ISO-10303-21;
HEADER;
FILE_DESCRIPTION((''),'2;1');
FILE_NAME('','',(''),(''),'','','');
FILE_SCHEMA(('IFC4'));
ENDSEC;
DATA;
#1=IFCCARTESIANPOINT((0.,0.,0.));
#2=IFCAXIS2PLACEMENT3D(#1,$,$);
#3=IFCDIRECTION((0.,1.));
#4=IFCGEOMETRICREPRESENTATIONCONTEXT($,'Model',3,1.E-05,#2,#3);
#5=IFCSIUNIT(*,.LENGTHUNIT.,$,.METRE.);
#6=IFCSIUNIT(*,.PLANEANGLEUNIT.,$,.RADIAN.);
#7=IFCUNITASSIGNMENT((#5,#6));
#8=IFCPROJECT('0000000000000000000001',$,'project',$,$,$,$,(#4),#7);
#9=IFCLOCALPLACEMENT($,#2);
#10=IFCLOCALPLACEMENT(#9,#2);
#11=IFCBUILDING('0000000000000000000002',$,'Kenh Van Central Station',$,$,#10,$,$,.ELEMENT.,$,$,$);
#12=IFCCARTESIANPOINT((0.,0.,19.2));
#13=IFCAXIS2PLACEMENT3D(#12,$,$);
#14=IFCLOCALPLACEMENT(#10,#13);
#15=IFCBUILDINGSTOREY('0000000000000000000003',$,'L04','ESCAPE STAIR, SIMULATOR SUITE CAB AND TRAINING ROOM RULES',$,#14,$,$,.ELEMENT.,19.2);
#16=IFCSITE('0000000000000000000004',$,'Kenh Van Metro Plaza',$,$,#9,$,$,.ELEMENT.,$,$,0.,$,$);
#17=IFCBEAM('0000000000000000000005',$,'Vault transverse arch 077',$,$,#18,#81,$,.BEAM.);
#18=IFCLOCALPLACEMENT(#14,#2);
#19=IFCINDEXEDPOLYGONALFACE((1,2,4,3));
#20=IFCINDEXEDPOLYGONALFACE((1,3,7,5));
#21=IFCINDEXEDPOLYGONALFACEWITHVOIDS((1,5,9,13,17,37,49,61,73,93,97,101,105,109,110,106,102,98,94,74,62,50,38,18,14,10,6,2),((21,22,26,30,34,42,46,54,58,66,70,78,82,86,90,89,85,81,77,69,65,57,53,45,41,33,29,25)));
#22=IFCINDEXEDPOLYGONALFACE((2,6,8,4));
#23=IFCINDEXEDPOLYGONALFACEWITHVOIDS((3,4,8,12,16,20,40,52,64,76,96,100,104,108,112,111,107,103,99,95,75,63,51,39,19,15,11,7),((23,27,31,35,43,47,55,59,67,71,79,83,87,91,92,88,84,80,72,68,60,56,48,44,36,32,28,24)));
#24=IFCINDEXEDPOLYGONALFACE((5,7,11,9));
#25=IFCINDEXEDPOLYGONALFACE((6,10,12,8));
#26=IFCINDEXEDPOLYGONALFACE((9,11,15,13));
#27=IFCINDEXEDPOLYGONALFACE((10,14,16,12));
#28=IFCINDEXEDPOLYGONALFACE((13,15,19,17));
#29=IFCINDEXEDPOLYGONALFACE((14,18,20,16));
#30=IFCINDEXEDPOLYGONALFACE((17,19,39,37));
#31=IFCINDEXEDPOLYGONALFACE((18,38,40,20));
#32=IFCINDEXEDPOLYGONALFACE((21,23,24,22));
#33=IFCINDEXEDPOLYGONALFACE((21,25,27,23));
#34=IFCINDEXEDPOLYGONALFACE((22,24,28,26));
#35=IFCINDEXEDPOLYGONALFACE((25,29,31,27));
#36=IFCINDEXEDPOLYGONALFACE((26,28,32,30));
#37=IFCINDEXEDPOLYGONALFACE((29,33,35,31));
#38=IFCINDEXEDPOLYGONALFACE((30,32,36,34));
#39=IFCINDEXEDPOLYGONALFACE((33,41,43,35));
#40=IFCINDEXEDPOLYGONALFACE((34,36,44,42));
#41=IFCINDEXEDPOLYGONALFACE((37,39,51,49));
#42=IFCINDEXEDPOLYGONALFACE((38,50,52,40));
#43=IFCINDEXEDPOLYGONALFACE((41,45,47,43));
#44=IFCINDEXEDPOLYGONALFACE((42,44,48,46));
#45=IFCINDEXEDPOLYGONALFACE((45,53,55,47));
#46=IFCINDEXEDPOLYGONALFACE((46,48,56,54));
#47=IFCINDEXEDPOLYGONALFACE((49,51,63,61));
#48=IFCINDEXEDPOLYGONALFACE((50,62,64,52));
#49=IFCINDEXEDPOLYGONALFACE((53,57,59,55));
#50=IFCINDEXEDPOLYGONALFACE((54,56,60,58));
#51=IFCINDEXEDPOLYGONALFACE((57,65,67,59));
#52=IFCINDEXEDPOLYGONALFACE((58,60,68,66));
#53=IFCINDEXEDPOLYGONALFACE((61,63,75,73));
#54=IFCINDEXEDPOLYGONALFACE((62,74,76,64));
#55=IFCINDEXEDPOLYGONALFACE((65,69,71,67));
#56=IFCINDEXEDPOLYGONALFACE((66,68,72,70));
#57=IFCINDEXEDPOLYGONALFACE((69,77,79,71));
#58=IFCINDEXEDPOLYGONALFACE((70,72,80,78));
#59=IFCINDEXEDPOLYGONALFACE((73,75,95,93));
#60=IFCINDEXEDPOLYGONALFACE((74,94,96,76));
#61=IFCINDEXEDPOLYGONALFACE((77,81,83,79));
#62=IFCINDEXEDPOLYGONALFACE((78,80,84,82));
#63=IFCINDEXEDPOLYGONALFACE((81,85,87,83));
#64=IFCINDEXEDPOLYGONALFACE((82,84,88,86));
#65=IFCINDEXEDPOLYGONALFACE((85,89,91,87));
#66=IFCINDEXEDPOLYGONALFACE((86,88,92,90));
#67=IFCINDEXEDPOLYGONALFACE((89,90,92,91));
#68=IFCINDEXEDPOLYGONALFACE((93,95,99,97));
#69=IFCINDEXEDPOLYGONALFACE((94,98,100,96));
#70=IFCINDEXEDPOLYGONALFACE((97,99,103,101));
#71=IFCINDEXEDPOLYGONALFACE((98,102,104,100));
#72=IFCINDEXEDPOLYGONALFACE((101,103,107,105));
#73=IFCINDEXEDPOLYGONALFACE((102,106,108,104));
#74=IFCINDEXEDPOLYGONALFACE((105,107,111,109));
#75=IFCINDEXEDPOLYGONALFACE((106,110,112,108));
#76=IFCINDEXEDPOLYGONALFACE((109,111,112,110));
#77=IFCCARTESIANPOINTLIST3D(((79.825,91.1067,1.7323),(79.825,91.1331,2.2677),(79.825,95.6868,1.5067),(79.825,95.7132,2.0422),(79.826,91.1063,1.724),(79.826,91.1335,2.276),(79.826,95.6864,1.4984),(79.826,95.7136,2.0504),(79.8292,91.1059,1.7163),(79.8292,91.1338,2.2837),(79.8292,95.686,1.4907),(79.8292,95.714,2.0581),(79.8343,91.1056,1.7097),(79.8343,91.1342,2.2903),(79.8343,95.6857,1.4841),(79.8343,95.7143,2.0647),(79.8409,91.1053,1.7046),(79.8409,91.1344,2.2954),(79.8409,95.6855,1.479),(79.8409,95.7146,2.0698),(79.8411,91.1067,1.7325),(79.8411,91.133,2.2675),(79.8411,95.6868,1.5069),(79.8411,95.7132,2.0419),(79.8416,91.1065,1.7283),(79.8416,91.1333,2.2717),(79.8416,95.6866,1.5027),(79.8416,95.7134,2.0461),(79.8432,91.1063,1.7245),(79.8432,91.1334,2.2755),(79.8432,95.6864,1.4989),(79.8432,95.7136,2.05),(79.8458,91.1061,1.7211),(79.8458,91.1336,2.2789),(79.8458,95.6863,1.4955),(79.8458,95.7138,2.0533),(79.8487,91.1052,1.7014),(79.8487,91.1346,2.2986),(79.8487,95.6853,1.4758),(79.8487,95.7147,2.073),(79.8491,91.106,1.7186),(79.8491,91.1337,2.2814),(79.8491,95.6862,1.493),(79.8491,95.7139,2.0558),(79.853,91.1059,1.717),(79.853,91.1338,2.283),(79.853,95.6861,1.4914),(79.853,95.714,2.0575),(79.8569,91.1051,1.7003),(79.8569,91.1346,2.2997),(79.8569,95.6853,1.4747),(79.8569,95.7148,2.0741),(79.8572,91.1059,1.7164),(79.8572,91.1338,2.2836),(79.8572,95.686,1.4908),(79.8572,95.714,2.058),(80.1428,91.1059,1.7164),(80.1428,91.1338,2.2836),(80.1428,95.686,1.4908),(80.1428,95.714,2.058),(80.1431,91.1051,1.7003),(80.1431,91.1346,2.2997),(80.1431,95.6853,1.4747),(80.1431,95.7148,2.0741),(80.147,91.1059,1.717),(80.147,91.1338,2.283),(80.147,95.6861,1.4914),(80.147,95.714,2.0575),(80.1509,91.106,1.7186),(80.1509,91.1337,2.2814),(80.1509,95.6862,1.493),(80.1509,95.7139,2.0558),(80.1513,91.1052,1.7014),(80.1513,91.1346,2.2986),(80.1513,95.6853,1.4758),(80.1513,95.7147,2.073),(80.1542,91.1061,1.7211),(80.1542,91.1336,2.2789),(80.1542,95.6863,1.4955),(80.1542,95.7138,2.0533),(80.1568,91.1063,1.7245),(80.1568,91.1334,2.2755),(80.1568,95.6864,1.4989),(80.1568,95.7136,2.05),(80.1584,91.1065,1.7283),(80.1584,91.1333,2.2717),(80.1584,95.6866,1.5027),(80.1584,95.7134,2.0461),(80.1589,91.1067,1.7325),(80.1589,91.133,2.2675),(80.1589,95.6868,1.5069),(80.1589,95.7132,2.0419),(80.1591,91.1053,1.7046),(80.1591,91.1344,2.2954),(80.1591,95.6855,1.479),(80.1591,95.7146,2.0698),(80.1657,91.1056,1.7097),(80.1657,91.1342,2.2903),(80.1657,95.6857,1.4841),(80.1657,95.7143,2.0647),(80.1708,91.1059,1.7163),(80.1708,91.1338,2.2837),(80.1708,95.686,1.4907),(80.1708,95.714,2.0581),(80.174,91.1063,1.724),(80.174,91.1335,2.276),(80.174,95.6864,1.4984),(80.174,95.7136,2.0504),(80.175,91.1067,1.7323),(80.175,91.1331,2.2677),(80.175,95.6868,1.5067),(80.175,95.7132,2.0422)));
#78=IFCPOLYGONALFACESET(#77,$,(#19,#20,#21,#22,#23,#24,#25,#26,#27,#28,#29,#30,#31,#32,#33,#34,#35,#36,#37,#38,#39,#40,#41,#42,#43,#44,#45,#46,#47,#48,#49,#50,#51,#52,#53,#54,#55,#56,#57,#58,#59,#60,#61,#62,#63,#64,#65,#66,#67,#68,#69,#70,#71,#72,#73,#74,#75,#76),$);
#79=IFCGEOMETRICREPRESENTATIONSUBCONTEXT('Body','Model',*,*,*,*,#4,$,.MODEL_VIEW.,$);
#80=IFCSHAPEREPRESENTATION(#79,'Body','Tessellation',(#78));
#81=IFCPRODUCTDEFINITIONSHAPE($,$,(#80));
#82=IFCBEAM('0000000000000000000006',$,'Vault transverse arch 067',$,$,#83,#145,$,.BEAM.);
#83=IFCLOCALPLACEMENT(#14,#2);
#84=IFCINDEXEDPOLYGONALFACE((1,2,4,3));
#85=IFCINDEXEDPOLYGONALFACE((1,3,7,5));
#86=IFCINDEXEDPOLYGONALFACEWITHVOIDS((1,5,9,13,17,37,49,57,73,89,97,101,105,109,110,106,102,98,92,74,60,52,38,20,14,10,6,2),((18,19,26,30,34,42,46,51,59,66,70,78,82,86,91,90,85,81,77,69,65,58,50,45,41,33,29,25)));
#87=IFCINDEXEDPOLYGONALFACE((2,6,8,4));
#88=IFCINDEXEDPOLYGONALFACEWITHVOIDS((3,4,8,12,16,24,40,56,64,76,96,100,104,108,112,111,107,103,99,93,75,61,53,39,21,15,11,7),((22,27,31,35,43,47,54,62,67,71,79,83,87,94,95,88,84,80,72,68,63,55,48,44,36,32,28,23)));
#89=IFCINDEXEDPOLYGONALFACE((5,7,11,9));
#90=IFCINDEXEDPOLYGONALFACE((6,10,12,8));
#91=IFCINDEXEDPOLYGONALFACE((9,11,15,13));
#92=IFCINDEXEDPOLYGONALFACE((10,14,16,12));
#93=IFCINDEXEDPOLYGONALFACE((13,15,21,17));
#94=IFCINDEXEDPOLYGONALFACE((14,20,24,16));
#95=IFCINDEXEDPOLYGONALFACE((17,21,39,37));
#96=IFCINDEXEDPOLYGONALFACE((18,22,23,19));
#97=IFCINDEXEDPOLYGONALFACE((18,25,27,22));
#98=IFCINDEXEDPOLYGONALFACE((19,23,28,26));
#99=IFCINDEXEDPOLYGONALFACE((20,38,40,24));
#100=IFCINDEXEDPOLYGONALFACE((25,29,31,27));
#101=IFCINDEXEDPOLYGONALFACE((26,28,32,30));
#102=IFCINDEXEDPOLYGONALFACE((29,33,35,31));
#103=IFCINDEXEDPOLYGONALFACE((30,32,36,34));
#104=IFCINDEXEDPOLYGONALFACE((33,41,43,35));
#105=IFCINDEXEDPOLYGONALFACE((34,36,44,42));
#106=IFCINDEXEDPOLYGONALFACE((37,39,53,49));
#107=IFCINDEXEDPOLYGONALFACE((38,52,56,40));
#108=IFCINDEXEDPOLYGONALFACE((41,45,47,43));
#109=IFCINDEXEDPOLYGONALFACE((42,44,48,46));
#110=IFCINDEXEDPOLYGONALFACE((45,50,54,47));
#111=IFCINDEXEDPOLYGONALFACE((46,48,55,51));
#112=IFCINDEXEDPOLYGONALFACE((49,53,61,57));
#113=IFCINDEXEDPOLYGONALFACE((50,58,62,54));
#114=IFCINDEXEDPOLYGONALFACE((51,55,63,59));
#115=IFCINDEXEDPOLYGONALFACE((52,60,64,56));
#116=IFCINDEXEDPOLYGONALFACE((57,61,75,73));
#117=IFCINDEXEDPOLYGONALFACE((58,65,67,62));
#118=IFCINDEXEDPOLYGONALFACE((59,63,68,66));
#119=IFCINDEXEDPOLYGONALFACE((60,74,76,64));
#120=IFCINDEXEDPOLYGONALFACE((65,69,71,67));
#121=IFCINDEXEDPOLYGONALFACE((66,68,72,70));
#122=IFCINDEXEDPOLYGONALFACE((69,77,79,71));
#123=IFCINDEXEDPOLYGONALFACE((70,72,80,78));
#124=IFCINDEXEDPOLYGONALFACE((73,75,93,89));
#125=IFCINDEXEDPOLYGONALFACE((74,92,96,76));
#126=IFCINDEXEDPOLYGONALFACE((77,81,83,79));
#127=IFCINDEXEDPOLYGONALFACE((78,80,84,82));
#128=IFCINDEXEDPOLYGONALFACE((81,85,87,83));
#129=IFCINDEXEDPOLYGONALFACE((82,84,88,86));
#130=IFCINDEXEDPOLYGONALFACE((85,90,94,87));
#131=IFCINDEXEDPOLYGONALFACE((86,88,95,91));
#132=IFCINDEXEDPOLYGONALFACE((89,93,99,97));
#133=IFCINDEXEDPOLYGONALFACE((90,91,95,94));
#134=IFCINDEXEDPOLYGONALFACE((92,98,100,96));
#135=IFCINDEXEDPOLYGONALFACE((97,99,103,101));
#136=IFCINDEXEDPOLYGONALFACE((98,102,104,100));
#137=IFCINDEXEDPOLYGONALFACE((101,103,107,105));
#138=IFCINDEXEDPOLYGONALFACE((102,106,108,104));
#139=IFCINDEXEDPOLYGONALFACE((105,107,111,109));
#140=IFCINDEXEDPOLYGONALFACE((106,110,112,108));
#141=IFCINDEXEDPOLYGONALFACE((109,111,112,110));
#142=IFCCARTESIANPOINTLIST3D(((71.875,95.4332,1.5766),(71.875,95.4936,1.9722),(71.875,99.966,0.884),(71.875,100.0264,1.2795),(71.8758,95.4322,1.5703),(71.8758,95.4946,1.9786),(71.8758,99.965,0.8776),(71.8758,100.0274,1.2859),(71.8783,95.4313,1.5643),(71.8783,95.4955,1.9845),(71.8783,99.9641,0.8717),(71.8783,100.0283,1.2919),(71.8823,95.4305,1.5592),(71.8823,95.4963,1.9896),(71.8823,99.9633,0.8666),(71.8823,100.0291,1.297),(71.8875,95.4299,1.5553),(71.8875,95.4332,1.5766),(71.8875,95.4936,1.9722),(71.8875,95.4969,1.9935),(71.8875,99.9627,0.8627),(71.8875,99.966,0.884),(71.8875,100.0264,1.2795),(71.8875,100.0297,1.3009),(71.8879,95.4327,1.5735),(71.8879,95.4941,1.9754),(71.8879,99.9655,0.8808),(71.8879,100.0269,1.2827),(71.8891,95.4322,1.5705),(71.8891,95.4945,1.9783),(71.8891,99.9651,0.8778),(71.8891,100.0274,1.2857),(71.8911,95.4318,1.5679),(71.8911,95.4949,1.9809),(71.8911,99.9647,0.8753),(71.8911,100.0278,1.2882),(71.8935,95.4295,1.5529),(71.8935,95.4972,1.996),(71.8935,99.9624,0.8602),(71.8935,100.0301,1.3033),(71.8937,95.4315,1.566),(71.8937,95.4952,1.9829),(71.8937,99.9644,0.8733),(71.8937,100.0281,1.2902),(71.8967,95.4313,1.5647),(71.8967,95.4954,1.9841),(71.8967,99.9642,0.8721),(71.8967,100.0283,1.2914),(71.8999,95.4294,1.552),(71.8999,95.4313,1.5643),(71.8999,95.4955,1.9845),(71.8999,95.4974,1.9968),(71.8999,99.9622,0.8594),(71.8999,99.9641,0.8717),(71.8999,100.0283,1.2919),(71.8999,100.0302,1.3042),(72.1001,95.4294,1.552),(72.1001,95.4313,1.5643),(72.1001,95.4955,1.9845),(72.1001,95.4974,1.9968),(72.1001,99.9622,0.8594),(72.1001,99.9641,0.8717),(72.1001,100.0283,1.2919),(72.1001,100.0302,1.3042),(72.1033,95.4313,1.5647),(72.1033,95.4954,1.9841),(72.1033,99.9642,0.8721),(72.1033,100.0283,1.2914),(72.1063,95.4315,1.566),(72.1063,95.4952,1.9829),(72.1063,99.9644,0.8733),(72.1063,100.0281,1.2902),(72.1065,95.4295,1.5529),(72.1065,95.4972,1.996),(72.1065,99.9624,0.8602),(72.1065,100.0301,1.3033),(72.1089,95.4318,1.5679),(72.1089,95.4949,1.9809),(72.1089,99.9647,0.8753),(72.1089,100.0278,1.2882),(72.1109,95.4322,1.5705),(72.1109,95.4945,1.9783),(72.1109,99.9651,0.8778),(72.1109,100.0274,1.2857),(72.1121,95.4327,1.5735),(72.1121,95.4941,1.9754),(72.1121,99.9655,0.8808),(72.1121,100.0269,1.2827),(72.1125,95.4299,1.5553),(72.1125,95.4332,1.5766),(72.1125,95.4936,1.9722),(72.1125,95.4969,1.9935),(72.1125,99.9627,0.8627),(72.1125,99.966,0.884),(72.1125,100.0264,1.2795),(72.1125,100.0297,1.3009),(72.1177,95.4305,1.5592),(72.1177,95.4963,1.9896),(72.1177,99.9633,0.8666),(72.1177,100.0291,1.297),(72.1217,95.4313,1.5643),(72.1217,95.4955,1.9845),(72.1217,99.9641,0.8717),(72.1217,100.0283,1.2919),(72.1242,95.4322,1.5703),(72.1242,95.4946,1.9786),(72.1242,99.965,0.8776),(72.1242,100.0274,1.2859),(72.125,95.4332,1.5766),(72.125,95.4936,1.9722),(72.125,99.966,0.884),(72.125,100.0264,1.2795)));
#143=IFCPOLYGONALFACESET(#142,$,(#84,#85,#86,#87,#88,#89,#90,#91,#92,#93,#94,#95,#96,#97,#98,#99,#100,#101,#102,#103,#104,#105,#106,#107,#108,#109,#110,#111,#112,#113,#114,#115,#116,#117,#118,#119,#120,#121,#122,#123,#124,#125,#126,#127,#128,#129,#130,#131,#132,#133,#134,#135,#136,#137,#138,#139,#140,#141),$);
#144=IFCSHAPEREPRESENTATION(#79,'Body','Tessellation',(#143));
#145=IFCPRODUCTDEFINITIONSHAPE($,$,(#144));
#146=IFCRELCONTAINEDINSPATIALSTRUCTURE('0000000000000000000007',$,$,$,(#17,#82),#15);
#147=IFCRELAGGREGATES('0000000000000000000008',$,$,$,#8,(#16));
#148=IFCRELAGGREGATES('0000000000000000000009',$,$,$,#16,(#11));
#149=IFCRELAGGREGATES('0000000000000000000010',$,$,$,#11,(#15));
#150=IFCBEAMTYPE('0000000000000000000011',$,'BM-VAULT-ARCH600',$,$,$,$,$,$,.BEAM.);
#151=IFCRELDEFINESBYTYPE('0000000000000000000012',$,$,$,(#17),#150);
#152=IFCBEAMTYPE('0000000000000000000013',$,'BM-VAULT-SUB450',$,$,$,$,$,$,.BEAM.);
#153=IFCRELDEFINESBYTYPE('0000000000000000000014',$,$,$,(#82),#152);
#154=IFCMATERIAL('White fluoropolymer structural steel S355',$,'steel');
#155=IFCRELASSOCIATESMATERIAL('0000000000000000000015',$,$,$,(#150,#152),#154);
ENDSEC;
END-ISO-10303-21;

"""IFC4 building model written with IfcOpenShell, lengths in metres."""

from ifc_helpers import new_model, si_unit, direction, frame, origin, origin_2d, place, context, subcontext, project, spatial, hollow_rectangle, extrude, material, material_profile, profile_set, type_object, element, save


model = new_model("IFC4")

# Units and contexts
model_context = context("Model", 3, precision=1e-05, world=origin(), true_north=direction((0.0, 1.0)))
body_context = subcontext(model_context, "Body", "Model", "MODEL_VIEW")
ifc_project = project(units=[si_unit("LENGTHUNIT", "METRE"), si_unit("PLANEANGLEUNIT", "RADIAN")], contexts=[model_context])

# Site, building, storey
site_placement = place(None, origin())
site = spatial("IfcSite", under=ifc_project, at=site_placement, Name="Kenh Van Metro Plaza", CompositionType="ELEMENT", RefElevation=0.0)
building_placement = place(site_placement, origin())
building = spatial("IfcBuilding", under=site, at=building_placement, Name="Kenh Van Central Station", CompositionType="ELEMENT")
storey_placement = place(building_placement, frame((0.0, 0.0, 19.2)))
storey = spatial("IfcBuildingStorey", under=building, at=storey_placement, Name="L04", Description="ESCAPE STAIR, SIMULATOR SUITE CAB AND TRAINING ROOM RULES", CompositionType="ELEMENT", Elevation=19.2)

# Beams
ifc_material_1 = material(Name="White fluoropolymer structural steel S355", Category="steel")
ifc_material_profile_1 = material_profile(ifc_material_1, hollow_rectangle(XDim=0.3501, YDim=0.6001, WallThickness=0.0161, InnerFilletRadius=0.0161, OuterFilletRadius=0.032, at=origin_2d()), Name="RHS 600x350x16")
ifc_profile_set_1 = profile_set([ifc_material_profile_1], Name="White fluoropolymer structural steel S355")
beam_type_1 = type_object("IfcBeamType", Name="BM-VAULT-ARCH600", PredefinedType="BEAM", material=ifc_profile_set_1)
beam_1_placement = place(storey_placement, frame((80.0, 91.1199, 2.0), z_axis=(0.0, 0.998789, -0.049194), x_axis=(-1.0, 0.0, 0.0)))
element("IfcBeam", 1, at=beam_1_placement, inside=storey, type_object=beam_type_1, Name="Vault transverse arch 077", PredefinedType="BEAM", context=body_context, shape_type="SweptSolid", body=[
    extrude(hollow_rectangle(XDim=0.3501, YDim=0.6001, WallThickness=0.0161, InnerFilletRadius=0.0161, OuterFilletRadius=0.032, at=origin_2d()), origin(), (0.0, 0.0, 1.0), 4.5857),
])
ifc_material_profile_2 = material_profile(ifc_material_1, hollow_rectangle(XDim=0.25, YDim=0.45, WallThickness=0.0125, InnerFilletRadius=0.0125, OuterFilletRadius=0.0249, at=origin_2d()), Name="RHS 450x250x12.5")
ifc_profile_set_2 = profile_set([ifc_material_profile_2], Name="White fluoropolymer structural steel S355")
beam_type_2 = type_object("IfcBeamType", Name="BM-VAULT-SUB450", PredefinedType="BEAM", material=ifc_profile_set_2)
beam_2_placement = place(storey_placement, frame((72.0, 95.4634, 1.7744), z_axis=(0.0, 0.988526, -0.151053), x_axis=(-1.0, 0.0, 0.0)))
element("IfcBeam", 2, at=beam_2_placement, inside=storey, type_object=beam_type_2, Name="Vault transverse arch 067", PredefinedType="BEAM", context=body_context, shape_type="SweptSolid", body=[
    extrude(hollow_rectangle(XDim=0.25, YDim=0.45, WallThickness=0.0125, InnerFilletRadius=0.0125, OuterFilletRadius=0.0249, at=origin_2d()), origin(), (0.0, 0.0, 1.0), 4.5854),
])

save(model, "model.ifc")
